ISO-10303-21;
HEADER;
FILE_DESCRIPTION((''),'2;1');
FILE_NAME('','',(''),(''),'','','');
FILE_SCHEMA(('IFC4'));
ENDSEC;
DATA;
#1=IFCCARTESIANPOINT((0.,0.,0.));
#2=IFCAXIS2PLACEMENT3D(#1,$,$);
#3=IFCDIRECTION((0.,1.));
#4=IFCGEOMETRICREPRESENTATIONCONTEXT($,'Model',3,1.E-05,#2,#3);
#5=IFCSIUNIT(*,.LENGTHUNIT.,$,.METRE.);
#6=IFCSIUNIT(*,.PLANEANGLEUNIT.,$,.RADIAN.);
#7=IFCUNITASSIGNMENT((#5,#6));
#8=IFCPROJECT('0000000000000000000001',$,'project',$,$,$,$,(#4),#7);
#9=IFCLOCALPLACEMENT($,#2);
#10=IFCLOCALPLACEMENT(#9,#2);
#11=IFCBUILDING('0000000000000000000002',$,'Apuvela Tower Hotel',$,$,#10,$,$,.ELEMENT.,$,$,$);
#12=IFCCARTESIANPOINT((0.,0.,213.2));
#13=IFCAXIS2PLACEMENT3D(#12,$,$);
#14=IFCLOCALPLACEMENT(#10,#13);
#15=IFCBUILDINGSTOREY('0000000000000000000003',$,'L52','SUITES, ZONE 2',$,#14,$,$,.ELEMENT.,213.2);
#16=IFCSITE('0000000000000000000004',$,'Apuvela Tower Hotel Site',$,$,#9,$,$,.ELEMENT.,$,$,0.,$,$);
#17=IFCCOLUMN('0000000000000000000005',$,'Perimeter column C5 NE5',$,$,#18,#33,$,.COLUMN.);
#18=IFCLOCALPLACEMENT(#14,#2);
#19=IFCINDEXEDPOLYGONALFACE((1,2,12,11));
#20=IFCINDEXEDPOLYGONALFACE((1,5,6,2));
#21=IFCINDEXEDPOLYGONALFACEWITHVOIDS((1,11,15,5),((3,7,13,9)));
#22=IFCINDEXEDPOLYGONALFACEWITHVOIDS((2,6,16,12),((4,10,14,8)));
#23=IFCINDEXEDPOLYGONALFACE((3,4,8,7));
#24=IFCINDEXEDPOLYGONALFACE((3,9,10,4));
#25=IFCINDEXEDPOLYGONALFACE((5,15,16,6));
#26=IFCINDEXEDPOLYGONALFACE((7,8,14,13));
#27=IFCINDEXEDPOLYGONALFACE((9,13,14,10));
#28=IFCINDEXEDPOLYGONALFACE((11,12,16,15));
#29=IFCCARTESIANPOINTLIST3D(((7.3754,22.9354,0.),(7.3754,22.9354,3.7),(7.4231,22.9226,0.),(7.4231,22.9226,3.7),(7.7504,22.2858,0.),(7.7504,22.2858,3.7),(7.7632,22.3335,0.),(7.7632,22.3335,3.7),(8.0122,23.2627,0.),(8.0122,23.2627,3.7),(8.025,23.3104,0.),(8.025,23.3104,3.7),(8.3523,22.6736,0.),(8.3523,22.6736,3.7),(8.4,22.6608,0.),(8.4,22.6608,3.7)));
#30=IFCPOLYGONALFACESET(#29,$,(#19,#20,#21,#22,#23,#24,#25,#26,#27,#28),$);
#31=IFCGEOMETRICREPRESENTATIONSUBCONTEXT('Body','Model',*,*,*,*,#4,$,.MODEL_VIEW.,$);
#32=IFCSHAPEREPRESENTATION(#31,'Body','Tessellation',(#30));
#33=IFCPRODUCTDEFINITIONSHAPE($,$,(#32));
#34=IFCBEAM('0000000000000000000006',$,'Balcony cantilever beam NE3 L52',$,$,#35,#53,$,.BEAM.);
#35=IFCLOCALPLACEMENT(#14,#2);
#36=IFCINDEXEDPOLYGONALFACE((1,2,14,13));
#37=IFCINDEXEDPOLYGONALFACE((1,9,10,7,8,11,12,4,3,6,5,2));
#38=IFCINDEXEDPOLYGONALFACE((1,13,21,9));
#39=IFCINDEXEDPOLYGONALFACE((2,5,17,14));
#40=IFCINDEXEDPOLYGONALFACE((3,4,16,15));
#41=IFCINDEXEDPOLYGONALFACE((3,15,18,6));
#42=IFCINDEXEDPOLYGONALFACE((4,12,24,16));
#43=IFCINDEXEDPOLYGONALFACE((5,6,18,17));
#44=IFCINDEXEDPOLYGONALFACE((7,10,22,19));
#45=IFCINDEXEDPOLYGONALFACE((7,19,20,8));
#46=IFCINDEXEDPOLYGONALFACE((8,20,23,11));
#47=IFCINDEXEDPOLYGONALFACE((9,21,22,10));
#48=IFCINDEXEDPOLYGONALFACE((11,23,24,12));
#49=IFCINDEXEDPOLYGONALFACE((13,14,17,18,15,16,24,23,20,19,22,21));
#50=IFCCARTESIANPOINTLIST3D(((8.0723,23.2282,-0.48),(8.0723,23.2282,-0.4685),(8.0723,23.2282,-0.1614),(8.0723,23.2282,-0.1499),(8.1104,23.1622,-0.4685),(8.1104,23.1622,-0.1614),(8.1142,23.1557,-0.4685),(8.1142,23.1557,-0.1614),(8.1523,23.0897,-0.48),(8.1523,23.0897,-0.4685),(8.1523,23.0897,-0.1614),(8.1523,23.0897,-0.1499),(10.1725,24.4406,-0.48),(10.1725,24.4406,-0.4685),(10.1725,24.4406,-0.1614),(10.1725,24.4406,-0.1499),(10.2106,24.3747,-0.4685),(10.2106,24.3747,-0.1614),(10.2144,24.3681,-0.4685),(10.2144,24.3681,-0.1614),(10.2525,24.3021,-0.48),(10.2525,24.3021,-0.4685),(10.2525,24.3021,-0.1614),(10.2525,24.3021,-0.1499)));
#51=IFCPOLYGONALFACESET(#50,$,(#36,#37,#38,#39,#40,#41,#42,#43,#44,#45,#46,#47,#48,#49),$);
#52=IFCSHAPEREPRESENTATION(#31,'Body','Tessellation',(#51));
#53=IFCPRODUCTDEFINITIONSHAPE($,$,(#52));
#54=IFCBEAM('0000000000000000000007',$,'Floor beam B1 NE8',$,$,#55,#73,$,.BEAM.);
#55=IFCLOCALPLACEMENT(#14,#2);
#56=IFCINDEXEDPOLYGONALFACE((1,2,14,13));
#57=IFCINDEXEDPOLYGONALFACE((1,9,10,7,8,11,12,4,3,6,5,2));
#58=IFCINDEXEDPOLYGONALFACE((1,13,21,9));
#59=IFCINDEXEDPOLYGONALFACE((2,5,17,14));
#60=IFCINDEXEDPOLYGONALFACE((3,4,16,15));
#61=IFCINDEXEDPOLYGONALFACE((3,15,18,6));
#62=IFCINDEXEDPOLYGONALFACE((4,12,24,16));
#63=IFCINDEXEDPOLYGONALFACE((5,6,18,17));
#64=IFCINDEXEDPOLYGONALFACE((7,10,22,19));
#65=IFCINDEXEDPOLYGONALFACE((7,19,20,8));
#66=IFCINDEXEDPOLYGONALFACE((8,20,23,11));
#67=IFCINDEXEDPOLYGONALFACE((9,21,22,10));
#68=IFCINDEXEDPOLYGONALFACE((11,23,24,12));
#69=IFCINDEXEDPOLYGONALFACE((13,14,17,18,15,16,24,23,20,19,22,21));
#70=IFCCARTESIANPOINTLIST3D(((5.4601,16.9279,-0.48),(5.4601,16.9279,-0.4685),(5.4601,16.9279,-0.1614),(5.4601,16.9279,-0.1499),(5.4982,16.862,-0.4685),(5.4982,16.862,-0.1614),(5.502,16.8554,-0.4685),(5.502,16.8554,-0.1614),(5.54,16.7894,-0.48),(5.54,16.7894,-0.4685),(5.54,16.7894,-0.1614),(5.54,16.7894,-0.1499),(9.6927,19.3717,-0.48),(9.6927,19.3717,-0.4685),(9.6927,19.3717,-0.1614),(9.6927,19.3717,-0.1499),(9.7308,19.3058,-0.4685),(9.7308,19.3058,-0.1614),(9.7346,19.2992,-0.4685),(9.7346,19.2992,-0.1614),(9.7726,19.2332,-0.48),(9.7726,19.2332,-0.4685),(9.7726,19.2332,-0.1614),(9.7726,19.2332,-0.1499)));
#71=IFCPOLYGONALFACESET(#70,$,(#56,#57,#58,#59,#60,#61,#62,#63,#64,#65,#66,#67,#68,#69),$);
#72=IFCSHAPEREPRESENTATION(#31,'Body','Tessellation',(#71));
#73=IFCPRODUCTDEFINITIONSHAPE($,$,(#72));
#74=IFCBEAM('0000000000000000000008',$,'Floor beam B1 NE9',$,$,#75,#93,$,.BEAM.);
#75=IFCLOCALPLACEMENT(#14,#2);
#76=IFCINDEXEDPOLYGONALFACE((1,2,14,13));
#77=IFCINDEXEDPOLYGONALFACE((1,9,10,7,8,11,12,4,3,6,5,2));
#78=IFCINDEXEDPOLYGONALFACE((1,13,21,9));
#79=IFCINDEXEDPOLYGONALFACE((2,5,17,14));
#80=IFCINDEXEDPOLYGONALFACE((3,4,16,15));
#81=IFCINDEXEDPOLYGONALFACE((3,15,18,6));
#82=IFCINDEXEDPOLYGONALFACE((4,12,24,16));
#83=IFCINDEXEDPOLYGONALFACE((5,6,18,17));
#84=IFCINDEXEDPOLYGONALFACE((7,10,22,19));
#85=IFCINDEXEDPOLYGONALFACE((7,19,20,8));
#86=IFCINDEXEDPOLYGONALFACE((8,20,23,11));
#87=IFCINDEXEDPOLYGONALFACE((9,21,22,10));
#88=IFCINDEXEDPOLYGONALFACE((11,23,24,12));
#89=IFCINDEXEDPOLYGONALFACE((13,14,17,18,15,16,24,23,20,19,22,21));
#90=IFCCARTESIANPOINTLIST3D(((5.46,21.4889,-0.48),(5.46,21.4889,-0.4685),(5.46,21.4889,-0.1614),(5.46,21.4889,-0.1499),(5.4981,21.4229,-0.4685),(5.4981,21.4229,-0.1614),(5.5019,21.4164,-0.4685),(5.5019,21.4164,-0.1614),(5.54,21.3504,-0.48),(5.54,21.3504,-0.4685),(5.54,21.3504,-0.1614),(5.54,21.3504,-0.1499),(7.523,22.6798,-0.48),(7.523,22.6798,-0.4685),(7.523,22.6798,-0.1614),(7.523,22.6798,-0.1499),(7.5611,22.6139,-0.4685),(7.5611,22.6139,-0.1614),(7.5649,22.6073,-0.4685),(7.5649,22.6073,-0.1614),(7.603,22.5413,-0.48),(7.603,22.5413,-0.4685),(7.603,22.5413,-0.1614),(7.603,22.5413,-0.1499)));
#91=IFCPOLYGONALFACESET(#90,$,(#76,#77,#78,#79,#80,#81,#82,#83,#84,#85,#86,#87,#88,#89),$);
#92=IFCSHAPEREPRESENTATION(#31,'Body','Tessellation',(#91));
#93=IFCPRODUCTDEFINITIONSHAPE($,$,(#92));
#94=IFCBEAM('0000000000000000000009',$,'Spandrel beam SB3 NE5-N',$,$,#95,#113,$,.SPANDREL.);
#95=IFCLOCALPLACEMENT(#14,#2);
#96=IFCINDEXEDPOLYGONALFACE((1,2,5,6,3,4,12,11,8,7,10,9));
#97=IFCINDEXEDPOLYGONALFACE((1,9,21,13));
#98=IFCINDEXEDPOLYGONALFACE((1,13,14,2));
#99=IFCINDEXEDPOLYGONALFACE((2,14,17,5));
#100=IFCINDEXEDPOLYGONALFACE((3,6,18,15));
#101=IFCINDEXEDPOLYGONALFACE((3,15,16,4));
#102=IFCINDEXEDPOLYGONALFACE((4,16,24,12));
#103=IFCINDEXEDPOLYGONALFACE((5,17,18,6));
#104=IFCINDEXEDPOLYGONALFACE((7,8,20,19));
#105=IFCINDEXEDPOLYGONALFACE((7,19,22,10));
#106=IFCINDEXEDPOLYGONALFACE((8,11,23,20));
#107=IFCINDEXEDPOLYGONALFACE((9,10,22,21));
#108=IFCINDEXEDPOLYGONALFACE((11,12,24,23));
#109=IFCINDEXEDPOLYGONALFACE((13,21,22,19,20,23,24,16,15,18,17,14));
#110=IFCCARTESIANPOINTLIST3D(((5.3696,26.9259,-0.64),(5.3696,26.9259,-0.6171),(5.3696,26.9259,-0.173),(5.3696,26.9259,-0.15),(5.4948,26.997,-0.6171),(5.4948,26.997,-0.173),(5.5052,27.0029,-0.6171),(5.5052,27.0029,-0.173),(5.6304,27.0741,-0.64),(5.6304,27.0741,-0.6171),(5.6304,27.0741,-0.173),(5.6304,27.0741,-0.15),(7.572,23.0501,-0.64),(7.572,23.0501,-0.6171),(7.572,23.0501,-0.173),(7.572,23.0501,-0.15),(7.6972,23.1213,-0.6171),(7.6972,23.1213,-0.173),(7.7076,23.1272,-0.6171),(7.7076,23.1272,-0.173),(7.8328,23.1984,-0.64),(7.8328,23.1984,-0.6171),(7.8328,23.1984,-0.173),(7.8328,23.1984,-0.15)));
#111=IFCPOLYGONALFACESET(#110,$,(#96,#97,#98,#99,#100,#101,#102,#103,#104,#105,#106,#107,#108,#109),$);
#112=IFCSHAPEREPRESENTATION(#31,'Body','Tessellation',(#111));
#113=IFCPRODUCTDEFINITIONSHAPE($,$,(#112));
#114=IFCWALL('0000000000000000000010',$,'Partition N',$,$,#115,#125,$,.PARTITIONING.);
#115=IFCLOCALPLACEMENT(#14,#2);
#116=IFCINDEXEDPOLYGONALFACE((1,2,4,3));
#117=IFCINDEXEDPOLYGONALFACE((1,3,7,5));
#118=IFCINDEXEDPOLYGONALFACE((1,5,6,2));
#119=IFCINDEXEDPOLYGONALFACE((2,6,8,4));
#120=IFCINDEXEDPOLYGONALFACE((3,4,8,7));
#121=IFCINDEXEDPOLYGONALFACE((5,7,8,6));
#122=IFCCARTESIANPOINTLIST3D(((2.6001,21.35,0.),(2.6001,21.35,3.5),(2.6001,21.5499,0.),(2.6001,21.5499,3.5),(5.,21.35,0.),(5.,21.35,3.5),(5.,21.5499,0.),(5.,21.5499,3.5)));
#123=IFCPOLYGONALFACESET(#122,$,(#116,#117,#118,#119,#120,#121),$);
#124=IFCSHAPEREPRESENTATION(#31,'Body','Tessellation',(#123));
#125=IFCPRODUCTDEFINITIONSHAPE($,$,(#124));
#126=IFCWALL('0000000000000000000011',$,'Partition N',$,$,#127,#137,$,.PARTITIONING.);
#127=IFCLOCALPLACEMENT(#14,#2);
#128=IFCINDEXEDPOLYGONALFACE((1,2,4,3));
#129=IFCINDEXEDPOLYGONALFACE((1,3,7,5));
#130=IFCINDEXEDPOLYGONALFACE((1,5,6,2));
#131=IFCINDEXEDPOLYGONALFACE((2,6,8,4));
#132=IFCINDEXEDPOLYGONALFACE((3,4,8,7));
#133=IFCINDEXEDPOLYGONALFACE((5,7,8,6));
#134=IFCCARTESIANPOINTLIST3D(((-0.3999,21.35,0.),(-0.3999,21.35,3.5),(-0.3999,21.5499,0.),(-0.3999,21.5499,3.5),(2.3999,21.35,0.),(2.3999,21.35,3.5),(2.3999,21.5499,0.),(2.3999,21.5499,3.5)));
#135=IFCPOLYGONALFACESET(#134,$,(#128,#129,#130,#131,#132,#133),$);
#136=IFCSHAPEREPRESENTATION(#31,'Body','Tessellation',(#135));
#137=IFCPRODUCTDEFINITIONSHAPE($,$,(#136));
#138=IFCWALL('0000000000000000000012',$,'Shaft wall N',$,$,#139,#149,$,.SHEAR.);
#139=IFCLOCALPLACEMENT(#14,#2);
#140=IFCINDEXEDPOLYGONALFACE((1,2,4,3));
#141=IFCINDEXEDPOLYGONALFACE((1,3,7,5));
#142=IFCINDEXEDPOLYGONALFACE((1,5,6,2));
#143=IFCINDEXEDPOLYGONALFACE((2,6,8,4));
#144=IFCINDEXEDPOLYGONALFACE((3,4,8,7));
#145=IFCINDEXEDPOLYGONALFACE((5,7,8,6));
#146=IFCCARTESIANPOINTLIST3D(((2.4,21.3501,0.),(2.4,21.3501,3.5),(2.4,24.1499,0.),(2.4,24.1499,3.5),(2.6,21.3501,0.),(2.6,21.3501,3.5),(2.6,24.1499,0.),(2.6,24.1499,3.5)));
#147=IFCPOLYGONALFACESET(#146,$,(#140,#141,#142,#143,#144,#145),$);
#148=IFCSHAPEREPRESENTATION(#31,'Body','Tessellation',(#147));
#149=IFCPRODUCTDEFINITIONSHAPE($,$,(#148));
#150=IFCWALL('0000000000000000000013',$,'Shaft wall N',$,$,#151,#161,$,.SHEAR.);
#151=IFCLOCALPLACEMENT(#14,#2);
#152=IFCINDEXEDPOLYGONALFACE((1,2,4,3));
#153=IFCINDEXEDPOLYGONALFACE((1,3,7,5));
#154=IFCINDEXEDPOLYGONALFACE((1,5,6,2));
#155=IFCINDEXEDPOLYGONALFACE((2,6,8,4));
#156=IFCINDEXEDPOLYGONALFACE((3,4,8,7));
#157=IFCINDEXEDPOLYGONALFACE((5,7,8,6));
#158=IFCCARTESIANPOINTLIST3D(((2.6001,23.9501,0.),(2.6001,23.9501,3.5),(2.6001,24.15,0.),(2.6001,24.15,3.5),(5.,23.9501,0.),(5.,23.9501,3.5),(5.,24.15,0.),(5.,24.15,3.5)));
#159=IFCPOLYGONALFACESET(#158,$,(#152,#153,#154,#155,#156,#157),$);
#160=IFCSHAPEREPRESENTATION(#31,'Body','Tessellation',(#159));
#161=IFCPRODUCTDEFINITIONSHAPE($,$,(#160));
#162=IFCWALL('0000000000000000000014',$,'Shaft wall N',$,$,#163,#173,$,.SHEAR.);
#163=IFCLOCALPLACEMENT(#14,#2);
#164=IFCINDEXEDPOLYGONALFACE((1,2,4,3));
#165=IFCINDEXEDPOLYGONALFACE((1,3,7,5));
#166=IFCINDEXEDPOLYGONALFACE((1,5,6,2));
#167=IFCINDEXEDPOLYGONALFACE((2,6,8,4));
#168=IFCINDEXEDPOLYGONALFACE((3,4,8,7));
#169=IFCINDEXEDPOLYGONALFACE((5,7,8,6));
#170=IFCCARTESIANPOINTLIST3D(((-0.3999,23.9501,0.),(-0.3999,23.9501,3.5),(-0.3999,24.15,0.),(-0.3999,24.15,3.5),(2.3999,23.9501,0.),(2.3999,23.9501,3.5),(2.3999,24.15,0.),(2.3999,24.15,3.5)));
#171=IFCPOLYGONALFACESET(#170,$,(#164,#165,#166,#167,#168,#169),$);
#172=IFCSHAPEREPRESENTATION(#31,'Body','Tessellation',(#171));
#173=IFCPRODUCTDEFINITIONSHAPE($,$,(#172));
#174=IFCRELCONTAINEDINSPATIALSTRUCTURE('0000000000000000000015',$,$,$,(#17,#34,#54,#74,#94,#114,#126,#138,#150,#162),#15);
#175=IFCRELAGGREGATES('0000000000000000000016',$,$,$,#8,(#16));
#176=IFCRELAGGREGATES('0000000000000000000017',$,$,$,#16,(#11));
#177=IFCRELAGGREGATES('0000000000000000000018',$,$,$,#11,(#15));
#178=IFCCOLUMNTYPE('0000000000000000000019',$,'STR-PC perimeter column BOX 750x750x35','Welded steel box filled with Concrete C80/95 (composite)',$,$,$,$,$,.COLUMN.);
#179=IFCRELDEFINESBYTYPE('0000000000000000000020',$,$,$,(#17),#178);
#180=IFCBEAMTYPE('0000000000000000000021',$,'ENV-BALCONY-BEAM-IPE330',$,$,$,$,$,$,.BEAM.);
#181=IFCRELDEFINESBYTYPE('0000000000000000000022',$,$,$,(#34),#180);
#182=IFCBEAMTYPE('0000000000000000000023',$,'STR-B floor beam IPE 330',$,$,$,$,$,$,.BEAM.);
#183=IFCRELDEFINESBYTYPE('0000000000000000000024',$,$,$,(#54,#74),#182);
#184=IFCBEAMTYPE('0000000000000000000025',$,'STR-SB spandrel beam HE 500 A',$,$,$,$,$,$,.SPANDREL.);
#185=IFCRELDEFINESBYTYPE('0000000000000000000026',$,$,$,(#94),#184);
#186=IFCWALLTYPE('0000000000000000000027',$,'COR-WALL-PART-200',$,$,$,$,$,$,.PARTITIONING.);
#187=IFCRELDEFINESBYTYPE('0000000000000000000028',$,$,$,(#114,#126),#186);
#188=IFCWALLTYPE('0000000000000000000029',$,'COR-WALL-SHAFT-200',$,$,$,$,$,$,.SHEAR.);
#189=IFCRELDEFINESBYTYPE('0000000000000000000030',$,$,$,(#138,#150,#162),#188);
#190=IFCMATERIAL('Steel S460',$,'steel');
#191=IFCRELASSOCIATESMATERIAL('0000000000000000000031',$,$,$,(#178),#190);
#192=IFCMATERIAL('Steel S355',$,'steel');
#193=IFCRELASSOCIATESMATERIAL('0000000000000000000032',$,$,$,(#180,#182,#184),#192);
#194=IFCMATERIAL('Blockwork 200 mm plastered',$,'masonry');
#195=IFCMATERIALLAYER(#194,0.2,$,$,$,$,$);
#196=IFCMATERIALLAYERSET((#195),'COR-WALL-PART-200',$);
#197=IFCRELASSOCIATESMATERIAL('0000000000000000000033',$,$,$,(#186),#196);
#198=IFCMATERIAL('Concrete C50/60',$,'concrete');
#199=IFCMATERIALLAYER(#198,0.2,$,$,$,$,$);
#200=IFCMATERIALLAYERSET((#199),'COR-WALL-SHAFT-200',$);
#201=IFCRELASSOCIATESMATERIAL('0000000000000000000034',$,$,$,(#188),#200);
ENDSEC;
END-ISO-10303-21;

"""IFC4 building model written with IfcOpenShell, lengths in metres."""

from ifc_helpers import new_model, si_unit, direction, frame, frame_2d, origin, origin_2d, place, context, subcontext, project, spatial, rectangle, hollow_rectangle, i_section, extrude, material, layer, layer_set, material_profile, profile_set, type_object, element, save


model = new_model("IFC4")

# Units and contexts
model_context = context("Model", 3, precision=1e-05, world=origin(), true_north=direction((0.0, 1.0)))
body_context = subcontext(model_context, "Body", "Model", "MODEL_VIEW")
ifc_project = project(units=[si_unit("LENGTHUNIT", "METRE"), si_unit("PLANEANGLEUNIT", "RADIAN")], contexts=[model_context])

# Site, building, storey
site_placement = place(None, origin())
site = spatial("IfcSite", under=ifc_project, at=site_placement, Name="Apuvela Tower Hotel Site", CompositionType="ELEMENT", RefElevation=0.0)
building_placement = place(site_placement, origin())
building = spatial("IfcBuilding", under=site, at=building_placement, Name="Apuvela Tower Hotel", CompositionType="ELEMENT")
storey_placement = place(building_placement, frame((0.0, 0.0, 213.2)))
storey = spatial("IfcBuildingStorey", under=building, at=storey_placement, Name="L52", Description="SUITES, ZONE 2", CompositionType="ELEMENT", Elevation=213.2)

# Column
ifc_material_1 = material(Name="Steel S460", Category="steel")
ifc_material_profile_1 = material_profile(ifc_material_1, hollow_rectangle(XDim=0.75, YDim=0.75, WallThickness=0.0349, at=origin_2d()), Name="BOX 750x750x35")
ifc_material_2 = material(Name="Concrete C80/95", Category="concrete")
ifc_material_profile_2 = material_profile(ifc_material_2, rectangle(XDim=0.6799, YDim=0.6799, at=origin_2d()), Name="Concrete C80/95 infill")
ifc_profile_set_1 = profile_set([ifc_material_profile_1, ifc_material_profile_2], Name="Steel S460")
column_type = type_object("IfcColumnType", Name="STR-PC perimeter column BOX 750x750x35", Description="Welded steel box filled with Concrete C80/95 (composite)", PredefinedType="COLUMN", material=ifc_profile_set_1)
column_placement = place(storey_placement, frame((7.8877, 22.7981, 0.0), z_axis=(0.0, 0.0, 1.0), x_axis=(-0.5, 0.866025, 0.0)))
element("IfcColumn", 1, at=column_placement, inside=storey, type_object=column_type, Name="Perimeter column C5 NE5", PredefinedType="COLUMN", context=body_context, shape_type="SweptSolid", body=[
    extrude(hollow_rectangle(XDim=0.75, YDim=0.75, WallThickness=0.0349, at=origin_2d()), origin(), (0.0, 0.0, 1.0), 3.7),
])

# Beams
ifc_material_3 = material(Name="Steel S355", Category="steel")
ifc_material_profile_3 = material_profile(ifc_material_3, i_section(OverallWidth=0.1599, OverallDepth=0.3301, WebThickness=0.0076, FlangeThickness=0.0115, at=origin_2d()), Name="IPE 330")
ifc_profile_set_2 = profile_set([ifc_material_profile_3], Name="Steel S355")
beam_type_1 = type_object("IfcBeamType", Name="ENV-BALCONY-BEAM-IPE330", PredefinedType="BEAM", material=ifc_profile_set_2)
beam_1_placement = place(storey_placement, frame((8.1123, 23.1589, -0.3149), z_axis=(0.866041, 0.499972, 0.0), x_axis=(-0.499972, 0.866041, 0.0)))
element("IfcBeam", 2, at=beam_1_placement, inside=storey, type_object=beam_type_1, Name="Balcony cantilever beam NE3 L52", PredefinedType="BEAM", context=body_context, shape_type="SweptSolid", body=[
    extrude(i_section(OverallWidth=0.1599, OverallDepth=0.3301, WebThickness=0.0076, FlangeThickness=0.0115, at=origin_2d()), origin(), (0.0, 0.0, 1.0), 2.425),
])
ifc_material_profile_4 = material_profile(ifc_material_3, i_section(OverallWidth=0.1599, OverallDepth=0.3301, WebThickness=0.0076, FlangeThickness=0.0115, at=origin_2d()), Name="IPE 330")
ifc_profile_set_3 = profile_set([ifc_material_profile_4], Name="Steel S355")
beam_type_2 = type_object("IfcBeamType", Name="STR-B floor beam IPE 330", PredefinedType="BEAM", material=ifc_profile_set_3)
beam_2_placement = place(storey_placement, frame((9.7327, 19.3025, -0.3149), z_axis=(-0.866015, -0.500018, 0.0), x_axis=(0.500018, -0.866015, 0.0)))
element("IfcBeam", 3, at=beam_2_placement, inside=storey, type_object=beam_type_2, Name="Floor beam B1 NE8", PredefinedType="BEAM", context=body_context, shape_type="SweptSolid", body=[
    extrude(i_section(OverallWidth=0.1599, OverallDepth=0.3301, WebThickness=0.0076, FlangeThickness=0.0115, at=origin_2d()), origin(), (0.0, 0.0, 1.0), 4.8875),
])
beam_3_placement = place(storey_placement, frame((7.563, 22.6106, -0.3149), z_axis=(-0.866052, -0.499953, 0.0), x_axis=(0.499953, -0.866052, 0.0)))
element("IfcBeam", 4, at=beam_3_placement, inside=storey, type_object=beam_type_2, Name="Floor beam B1 NE9", PredefinedType="BEAM", context=body_context, shape_type="SweptSolid", body=[
    extrude(i_section(OverallWidth=0.1599, OverallDepth=0.3301, WebThickness=0.0076, FlangeThickness=0.0115, at=origin_2d()), origin(), (0.0, 0.0, 1.0), 2.3821),
])
ifc_material_profile_5 = material_profile(ifc_material_3, i_section(OverallWidth=0.3, OverallDepth=0.49, WebThickness=0.012, FlangeThickness=0.0229, at=origin_2d()), Name="HE 500 A")
ifc_profile_set_4 = profile_set([ifc_material_profile_5], Name="Steel S355")
beam_type_3 = type_object("IfcBeamType", Name="STR-SB spandrel beam HE 500 A", PredefinedType="SPANDREL", material=ifc_profile_set_4)
beam_4_placement = place(storey_placement, frame((7.7024, 23.1243, -0.395), z_axis=(-0.494056, 0.86943, 0.0), x_axis=(-0.86943, -0.494056, 0.0)))
element("IfcBeam", 5, at=beam_4_placement, inside=storey, type_object=beam_type_3, Name="Spandrel beam SB3 NE5-N", PredefinedType="SPANDREL", context=body_context, shape_type="SweptSolid", body=[
    extrude(i_section(OverallWidth=0.3, OverallDepth=0.49, WebThickness=0.012, FlangeThickness=0.0229, at=origin_2d()), origin(), (0.0, 0.0, 1.0), 4.4578),
])

# Walls
ifc_material_4 = material(Name="Blockwork 200 mm plastered", Category="masonry")
ifc_layer_1 = layer(ifc_material_4, 0.2)
ifc_layer_set_1 = layer_set([ifc_layer_1], Name="COR-WALL-PART-200")
wall_type_1 = type_object("IfcWallType", Name="COR-WALL-PART-200", PredefinedType="PARTITIONING", material=ifc_layer_set_1)
wall_1_placement = place(storey_placement, frame((5.0, 21.45, 0.0), z_axis=(0.0, 0.0, 1.0), x_axis=(-1.0, 0.0, 0.0)))
element("IfcWall", 6, at=wall_1_placement, inside=storey, type_object=wall_type_1, Name="Partition N", PredefinedType="PARTITIONING", context=body_context, shape_type="SweptSolid", body=[
    extrude(rectangle(XDim=2.3999, YDim=0.2, at=frame_2d((1.2, 0.0))), origin(), (0.0, 0.0, 1.0), 3.5),
])
wall_2_placement = place(storey_placement, frame((2.3999, 21.45, 0.0), z_axis=(0.0, 0.0, 1.0), x_axis=(-1.0, 0.0, 0.0)))
element("IfcWall", 7, at=wall_2_placement, inside=storey, type_object=wall_type_1, Name="Partition N", PredefinedType="PARTITIONING", context=body_context, shape_type="SweptSolid", body=[
    extrude(rectangle(XDim=2.7998, YDim=0.2, at=frame_2d((1.3999, 0.0))), origin(), (0.0, 0.0, 1.0), 3.5),
])
ifc_material_5 = material(Name="Concrete C50/60", Category="concrete")
ifc_layer_2 = layer(ifc_material_5, 0.2)
ifc_layer_set_2 = layer_set([ifc_layer_2], Name="COR-WALL-SHAFT-200")
wall_type_2 = type_object("IfcWallType", Name="COR-WALL-SHAFT-200", PredefinedType="SHEAR", material=ifc_layer_set_2)
wall_3_placement = place(storey_placement, frame((2.5, 21.3501, 0.0), z_axis=(0.0, 0.0, 1.0), x_axis=(0.0, 1.0, 0.0)))
element("IfcWall", 8, at=wall_3_placement, inside=storey, type_object=wall_type_2, Name="Shaft wall N", PredefinedType="SHEAR", context=body_context, shape_type="SweptSolid", body=[
    extrude(rectangle(XDim=2.7998, YDim=0.2, at=frame_2d((1.3999, 0.0))), origin(), (0.0, 0.0, 1.0), 3.5),
])
wall_4_placement = place(storey_placement, frame((5.0, 24.05, 0.0), z_axis=(0.0, 0.0, 1.0), x_axis=(-1.0, 0.0, 0.0)))
element("IfcWall", 9, at=wall_4_placement, inside=storey, type_object=wall_type_2, Name="Shaft wall N", PredefinedType="SHEAR", context=body_context, shape_type="SweptSolid", body=[
    extrude(rectangle(XDim=2.3999, YDim=0.2, at=frame_2d((1.2, 0.0))), origin(), (0.0, 0.0, 1.0), 3.5),
])
wall_5_placement = place(storey_placement, frame((2.3999, 24.05, 0.0), z_axis=(0.0, 0.0, 1.0), x_axis=(-1.0, 0.0, 0.0)))
element("IfcWall", 10, at=wall_5_placement, inside=storey, type_object=wall_type_2, Name="Shaft wall N", PredefinedType="SHEAR", context=body_context, shape_type="SweptSolid", body=[
    extrude(rectangle(XDim=2.7998, YDim=0.2, at=frame_2d((1.3999, 0.0))), origin(), (0.0, 0.0, 1.0), 3.5),
])

save(model, "model.ifc")
